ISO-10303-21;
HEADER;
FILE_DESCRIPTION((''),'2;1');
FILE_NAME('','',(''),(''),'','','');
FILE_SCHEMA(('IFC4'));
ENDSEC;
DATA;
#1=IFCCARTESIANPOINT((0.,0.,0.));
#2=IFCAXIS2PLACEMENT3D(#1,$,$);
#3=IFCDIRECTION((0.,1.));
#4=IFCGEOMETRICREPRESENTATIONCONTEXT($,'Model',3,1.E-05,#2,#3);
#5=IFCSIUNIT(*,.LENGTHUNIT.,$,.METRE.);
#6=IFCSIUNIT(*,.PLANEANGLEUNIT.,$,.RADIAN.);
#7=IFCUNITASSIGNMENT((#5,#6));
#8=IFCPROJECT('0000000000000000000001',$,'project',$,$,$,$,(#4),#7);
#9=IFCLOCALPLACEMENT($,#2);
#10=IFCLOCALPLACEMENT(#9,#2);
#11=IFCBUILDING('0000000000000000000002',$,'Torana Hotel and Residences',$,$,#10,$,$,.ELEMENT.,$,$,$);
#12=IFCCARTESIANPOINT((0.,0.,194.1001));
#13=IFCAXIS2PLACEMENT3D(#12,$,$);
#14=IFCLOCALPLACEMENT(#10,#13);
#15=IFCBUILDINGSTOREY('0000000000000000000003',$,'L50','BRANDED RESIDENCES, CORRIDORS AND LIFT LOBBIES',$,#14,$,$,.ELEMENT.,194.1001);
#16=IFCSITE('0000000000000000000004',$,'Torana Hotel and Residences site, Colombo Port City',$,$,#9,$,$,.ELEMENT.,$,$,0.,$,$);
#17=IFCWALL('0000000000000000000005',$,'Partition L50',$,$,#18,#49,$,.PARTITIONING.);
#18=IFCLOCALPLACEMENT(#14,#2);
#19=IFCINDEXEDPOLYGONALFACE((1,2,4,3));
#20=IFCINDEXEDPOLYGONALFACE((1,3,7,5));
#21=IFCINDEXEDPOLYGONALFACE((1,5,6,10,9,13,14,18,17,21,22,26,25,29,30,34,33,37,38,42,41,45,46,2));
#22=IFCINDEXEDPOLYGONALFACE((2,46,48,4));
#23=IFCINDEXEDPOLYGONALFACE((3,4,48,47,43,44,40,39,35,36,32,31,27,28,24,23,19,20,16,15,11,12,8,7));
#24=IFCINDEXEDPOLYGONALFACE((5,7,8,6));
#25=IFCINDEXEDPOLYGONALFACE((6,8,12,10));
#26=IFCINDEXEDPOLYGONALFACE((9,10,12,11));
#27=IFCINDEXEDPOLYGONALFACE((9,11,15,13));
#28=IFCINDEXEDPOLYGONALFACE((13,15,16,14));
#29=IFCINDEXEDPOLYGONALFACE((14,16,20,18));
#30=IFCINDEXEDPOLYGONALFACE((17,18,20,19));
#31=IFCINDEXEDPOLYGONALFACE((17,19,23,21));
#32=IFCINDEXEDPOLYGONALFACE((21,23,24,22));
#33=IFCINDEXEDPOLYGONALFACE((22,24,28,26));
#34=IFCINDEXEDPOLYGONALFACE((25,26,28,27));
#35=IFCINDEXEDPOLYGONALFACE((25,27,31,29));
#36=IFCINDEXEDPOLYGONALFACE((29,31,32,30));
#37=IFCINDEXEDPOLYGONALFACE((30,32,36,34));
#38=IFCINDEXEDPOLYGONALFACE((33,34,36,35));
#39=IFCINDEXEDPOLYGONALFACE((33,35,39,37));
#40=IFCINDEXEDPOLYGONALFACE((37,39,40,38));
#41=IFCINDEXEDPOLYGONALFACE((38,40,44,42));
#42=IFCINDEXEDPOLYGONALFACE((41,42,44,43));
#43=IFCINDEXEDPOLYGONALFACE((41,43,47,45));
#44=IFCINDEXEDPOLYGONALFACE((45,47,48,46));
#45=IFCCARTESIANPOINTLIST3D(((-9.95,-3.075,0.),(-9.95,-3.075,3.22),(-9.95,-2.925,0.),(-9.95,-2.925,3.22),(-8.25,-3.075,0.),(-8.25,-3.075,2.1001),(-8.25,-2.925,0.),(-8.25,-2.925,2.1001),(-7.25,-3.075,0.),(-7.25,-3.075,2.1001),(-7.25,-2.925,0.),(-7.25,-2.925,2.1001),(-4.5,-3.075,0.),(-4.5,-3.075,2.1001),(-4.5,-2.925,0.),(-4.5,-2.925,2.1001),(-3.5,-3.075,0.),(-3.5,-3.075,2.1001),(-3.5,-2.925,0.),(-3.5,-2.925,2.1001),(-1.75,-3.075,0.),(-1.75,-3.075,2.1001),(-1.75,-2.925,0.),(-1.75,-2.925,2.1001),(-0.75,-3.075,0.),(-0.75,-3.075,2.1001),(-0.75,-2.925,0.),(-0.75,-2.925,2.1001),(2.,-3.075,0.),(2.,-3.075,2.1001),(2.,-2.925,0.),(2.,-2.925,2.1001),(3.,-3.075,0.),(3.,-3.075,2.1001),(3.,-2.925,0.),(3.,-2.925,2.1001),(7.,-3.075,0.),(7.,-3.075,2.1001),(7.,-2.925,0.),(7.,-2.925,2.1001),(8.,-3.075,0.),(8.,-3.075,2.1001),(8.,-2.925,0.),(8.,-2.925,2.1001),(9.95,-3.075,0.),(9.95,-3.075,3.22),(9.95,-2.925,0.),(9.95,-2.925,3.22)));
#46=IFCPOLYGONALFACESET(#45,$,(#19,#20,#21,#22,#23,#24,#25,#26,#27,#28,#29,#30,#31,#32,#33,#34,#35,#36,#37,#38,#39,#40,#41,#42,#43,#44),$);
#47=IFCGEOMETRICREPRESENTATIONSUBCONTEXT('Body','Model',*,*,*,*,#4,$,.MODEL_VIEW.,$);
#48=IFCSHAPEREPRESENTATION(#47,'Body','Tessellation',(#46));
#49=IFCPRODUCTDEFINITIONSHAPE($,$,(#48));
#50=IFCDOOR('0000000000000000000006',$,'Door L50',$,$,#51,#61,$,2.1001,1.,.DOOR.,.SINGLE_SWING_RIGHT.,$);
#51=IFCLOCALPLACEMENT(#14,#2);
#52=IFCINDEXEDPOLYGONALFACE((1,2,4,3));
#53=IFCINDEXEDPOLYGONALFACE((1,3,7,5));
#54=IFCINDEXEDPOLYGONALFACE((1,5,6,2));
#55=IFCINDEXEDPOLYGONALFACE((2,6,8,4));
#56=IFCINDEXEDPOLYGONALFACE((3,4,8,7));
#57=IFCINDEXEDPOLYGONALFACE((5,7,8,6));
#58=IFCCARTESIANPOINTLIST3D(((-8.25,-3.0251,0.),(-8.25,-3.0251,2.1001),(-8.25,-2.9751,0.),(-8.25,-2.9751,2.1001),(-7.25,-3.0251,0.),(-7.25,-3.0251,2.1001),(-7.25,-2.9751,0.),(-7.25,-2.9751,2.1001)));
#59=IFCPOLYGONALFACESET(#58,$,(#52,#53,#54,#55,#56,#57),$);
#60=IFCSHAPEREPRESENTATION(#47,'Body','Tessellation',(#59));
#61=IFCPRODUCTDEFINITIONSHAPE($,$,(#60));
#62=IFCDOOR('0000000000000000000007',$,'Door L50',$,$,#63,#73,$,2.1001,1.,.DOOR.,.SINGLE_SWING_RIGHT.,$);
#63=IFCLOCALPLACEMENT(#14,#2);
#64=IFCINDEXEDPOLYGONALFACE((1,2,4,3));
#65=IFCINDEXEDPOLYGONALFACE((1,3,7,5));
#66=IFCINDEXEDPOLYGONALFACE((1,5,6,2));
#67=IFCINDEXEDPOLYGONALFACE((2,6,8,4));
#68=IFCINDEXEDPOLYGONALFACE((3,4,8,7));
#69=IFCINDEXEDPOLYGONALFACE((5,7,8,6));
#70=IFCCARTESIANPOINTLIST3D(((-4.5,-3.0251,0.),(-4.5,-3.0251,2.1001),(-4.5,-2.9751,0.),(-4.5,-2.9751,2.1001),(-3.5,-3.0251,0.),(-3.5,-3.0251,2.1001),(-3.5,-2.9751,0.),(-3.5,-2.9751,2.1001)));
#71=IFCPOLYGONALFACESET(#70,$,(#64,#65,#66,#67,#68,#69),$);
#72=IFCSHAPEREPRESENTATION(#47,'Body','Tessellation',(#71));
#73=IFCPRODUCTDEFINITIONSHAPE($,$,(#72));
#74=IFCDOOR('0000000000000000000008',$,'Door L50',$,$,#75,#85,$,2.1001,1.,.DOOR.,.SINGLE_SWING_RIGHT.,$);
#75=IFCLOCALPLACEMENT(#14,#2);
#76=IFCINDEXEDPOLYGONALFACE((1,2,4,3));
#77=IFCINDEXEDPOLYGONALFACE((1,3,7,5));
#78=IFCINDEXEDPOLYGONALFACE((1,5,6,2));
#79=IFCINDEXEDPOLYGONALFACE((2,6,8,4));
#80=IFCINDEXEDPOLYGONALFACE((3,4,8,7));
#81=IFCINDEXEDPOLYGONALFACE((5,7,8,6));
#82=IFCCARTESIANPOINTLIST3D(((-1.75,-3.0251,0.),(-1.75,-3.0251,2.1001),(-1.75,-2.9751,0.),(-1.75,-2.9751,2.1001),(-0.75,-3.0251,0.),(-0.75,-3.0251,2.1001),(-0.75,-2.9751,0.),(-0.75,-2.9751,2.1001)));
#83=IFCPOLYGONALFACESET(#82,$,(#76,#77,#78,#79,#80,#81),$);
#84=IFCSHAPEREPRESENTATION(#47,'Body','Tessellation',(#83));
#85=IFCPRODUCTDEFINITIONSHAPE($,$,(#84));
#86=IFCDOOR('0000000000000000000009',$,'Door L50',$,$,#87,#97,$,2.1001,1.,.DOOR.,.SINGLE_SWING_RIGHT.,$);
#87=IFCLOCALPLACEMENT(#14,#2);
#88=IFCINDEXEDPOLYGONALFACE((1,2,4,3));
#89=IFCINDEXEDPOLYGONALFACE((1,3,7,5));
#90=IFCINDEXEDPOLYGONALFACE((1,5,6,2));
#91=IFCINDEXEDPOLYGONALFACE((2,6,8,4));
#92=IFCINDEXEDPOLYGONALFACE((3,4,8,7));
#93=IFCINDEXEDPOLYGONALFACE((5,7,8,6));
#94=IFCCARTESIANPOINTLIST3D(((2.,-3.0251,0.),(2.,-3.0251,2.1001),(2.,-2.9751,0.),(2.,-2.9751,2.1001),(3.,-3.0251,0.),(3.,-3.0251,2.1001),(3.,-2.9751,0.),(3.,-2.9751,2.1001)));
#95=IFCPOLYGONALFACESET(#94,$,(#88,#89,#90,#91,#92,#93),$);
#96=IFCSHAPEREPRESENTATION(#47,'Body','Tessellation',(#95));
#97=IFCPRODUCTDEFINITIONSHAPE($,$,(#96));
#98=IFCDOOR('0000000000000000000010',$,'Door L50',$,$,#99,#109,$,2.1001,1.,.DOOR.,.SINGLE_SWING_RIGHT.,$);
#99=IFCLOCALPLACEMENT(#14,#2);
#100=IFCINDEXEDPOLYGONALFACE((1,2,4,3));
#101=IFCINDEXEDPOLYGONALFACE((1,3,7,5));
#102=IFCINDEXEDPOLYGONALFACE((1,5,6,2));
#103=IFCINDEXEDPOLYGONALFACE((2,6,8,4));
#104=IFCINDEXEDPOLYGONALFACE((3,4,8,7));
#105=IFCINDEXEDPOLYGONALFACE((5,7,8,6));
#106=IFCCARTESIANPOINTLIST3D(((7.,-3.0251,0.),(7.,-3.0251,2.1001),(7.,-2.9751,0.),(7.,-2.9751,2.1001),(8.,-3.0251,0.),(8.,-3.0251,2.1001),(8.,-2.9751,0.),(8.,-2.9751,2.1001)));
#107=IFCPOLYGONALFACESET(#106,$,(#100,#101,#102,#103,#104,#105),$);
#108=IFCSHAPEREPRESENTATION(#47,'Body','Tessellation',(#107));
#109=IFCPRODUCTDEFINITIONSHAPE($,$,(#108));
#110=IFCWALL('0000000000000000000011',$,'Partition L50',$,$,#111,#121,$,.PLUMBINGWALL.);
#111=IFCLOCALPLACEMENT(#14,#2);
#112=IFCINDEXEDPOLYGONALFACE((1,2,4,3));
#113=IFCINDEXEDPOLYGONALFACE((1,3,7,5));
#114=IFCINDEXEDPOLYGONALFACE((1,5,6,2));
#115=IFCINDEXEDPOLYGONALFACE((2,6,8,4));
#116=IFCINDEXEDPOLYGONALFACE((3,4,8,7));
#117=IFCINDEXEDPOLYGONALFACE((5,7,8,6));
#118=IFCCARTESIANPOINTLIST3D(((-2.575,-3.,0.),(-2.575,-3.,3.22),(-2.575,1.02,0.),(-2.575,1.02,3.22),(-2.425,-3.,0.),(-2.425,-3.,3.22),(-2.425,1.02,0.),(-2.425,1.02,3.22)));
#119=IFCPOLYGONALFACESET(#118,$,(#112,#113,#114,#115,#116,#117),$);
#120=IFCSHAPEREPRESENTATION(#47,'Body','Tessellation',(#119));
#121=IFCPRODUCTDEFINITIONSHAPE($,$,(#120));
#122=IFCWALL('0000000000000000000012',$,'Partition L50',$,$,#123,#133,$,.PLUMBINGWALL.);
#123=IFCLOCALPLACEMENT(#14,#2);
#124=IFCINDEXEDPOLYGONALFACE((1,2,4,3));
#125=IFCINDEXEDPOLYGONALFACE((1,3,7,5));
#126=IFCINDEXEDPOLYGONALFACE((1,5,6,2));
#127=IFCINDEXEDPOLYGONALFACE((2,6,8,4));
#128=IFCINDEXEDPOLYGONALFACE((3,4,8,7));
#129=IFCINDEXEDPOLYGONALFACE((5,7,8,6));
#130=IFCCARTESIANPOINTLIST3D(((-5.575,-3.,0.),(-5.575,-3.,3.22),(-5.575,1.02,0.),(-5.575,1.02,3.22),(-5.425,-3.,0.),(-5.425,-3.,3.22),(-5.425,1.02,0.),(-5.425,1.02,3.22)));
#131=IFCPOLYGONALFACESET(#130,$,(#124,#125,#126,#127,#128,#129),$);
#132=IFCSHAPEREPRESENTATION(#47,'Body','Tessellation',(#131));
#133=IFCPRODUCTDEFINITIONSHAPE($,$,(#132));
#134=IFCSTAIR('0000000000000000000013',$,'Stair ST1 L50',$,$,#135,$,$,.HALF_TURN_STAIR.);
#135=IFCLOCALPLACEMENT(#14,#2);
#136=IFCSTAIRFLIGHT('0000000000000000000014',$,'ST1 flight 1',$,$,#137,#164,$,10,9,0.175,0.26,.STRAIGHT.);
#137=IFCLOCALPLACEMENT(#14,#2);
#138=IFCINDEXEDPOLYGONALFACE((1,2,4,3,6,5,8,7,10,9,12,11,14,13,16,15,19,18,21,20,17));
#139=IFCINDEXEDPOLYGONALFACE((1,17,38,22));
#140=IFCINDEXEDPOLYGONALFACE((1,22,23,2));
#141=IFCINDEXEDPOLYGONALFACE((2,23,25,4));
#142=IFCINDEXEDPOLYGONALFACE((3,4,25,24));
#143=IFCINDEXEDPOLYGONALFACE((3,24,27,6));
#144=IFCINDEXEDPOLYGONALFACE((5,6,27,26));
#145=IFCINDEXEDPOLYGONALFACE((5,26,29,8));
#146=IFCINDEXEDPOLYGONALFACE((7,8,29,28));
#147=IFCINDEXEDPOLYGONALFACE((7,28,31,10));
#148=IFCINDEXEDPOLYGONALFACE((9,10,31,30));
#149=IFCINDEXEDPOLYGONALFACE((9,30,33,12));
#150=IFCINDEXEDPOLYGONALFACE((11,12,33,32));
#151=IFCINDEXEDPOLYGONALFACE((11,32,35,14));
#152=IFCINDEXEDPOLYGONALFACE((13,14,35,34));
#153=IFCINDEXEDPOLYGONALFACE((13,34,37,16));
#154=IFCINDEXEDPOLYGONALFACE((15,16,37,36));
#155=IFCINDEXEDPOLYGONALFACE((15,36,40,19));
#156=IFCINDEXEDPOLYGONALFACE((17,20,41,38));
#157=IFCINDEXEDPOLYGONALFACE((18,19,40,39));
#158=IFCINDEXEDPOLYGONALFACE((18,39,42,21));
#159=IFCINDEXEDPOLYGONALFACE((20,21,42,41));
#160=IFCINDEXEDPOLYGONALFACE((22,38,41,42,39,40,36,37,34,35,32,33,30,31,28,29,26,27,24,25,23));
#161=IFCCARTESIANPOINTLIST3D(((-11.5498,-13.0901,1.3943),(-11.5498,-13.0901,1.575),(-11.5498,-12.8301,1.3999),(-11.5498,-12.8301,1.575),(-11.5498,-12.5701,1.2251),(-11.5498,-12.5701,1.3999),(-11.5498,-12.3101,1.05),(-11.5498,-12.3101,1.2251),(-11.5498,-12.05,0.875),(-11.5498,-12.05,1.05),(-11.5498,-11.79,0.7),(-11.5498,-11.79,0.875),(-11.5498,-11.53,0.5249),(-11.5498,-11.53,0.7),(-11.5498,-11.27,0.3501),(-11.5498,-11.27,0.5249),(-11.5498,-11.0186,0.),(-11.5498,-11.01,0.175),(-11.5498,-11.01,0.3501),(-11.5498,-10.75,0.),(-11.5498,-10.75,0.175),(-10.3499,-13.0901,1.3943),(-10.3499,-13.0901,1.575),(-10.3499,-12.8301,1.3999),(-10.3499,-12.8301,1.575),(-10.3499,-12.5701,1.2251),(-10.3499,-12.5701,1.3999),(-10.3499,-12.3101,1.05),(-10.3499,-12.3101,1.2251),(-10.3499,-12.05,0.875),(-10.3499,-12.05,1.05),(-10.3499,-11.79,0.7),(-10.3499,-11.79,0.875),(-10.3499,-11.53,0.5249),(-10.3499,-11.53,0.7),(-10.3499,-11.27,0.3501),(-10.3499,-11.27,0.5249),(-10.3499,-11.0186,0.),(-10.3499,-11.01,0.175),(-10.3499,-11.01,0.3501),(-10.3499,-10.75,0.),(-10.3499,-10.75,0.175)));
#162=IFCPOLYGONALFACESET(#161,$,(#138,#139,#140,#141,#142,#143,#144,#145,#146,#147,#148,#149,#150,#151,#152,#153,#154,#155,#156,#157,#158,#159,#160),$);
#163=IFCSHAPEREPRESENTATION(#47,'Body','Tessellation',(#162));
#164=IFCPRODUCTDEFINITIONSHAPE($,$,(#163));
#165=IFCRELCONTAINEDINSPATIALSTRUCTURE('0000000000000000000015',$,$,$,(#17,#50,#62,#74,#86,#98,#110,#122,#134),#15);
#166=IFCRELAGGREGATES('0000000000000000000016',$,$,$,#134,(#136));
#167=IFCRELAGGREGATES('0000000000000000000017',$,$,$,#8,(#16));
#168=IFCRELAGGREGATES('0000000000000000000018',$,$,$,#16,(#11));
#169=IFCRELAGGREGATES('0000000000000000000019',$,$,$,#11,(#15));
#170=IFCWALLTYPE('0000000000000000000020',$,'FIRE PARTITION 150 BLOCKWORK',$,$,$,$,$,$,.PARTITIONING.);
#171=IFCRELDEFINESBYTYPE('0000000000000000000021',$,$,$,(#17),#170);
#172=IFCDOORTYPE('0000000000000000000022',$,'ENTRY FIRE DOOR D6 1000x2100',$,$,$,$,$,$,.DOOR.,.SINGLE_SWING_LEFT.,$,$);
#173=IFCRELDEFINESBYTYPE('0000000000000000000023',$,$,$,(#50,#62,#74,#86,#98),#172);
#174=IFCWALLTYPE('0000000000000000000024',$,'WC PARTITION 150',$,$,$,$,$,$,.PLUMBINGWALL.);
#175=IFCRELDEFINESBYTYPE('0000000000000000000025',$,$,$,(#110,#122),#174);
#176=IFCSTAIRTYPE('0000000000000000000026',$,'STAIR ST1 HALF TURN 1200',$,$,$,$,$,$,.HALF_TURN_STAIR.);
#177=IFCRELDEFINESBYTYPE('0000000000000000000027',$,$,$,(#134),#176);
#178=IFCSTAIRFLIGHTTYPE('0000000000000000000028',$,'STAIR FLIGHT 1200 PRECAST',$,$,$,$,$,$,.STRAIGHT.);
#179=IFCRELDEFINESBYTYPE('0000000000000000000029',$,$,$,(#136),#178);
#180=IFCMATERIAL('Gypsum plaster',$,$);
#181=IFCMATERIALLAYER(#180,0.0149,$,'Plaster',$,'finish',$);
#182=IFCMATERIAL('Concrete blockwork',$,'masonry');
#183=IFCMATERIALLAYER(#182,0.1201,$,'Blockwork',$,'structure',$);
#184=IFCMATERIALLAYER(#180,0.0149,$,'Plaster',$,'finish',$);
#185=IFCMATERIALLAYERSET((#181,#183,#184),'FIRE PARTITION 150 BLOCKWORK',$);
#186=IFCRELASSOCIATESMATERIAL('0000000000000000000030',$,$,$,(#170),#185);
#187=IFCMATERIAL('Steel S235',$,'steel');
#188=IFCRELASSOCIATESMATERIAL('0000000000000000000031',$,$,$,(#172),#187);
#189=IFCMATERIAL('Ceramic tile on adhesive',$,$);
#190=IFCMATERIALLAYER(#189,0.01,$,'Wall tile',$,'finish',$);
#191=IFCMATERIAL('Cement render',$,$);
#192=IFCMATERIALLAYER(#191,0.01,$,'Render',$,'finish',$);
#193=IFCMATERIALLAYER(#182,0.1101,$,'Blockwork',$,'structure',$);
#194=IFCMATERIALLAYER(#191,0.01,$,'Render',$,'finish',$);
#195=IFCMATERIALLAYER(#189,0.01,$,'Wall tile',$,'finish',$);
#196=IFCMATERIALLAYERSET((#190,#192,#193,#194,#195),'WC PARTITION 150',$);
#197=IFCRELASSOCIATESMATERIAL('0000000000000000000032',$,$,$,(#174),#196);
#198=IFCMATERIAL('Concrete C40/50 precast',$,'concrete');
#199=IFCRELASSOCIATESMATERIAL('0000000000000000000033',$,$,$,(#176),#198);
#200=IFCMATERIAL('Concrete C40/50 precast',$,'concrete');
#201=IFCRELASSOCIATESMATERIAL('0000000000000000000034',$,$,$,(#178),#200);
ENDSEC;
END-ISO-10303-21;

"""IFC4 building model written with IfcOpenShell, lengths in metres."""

from ifc_helpers import new_model, si_unit, direction, frame, frame_2d, origin, place, context, subcontext, project, spatial, polyline, rectangle, outline, extrude, material, layer, layer_set, type_object, element, fill, aggregate, save


model = new_model("IFC4")

# Units and contexts
model_context = context("Model", 3, precision=1e-05, world=origin(), true_north=direction((0.0, 1.0)))
body_context = subcontext(model_context, "Body", "Model", "MODEL_VIEW")
ifc_project = project(units=[si_unit("LENGTHUNIT", "METRE"), si_unit("PLANEANGLEUNIT", "RADIAN")], contexts=[model_context])

# Site, building, storey
site_placement = place(None, origin())
site = spatial("IfcSite", under=ifc_project, at=site_placement, Name="Torana Hotel and Residences site, Colombo Port City", CompositionType="ELEMENT", RefElevation=0.0)
building_placement = place(site_placement, origin())
building = spatial("IfcBuilding", under=site, at=building_placement, Name="Torana Hotel and Residences", CompositionType="ELEMENT")
storey_placement = place(building_placement, frame((0.0, 0.0, 194.1001)))
storey = spatial("IfcBuildingStorey", under=building, at=storey_placement, Name="L50", Description="BRANDED RESIDENCES, CORRIDORS AND LIFT LOBBIES", CompositionType="ELEMENT", Elevation=194.1001)

# Shared definitions
ifc_material_1 = material(Name="Gypsum plaster")
ifc_layer_1 = layer(ifc_material_1, 0.0149, Name="Plaster", Category="finish")
ifc_material_2 = material(Name="Concrete blockwork", Category="masonry")
ifc_layer_2 = layer(ifc_material_2, 0.1201, Name="Blockwork", Category="structure")
ifc_layer_3 = layer(ifc_material_1, 0.0149, Name="Plaster", Category="finish")
ifc_layer_set_1 = layer_set([ifc_layer_1, ifc_layer_2, ifc_layer_3], Name="FIRE PARTITION 150 BLOCKWORK")
wall_type_1 = type_object("IfcWallType", Name="FIRE PARTITION 150 BLOCKWORK", PredefinedType="PARTITIONING", material=ifc_layer_set_1)

# Wall, openings, doors
ifc_material_3 = material(Name="Steel S235", Category="steel")
door_type_1 = type_object("IfcDoorType", Name="ENTRY FIRE DOOR D6 1000x2100", OperationType="SINGLE_SWING_LEFT", PredefinedType="DOOR", material=ifc_material_3)
wall_1_placement = place(storey_placement, frame((-9.95, -3.0, 0.0), z_axis=(0.0, 0.0, 1.0), x_axis=(1.0, 0.0, 0.0)))
wall_1 = element("IfcWall", 1, at=wall_1_placement, inside=storey, type_object=wall_type_1, Name="Partition L50", PredefinedType="PARTITIONING", context=body_context, shape_type="SweptSolid", body=[
    extrude(rectangle(XDim=19.8999, YDim=0.1499, at=frame_2d((9.95, 0.0))), origin(), (0.0, 0.0, 1.0), 3.22),
])
opening_1_placement = place(wall_1_placement, frame((1.7, 0.0, 0.0)))
opening_1 = element("IfcOpeningElement", 2, at=opening_1_placement, cuts=wall_1, PredefinedType="OPENING", context=body_context, shape_type="SweptSolid", body=[
    extrude(rectangle(XDim=1.0, YDim=2.1001, at=frame_2d((0.5, 1.05))), frame((0.0, 0.085, 0.0), z_axis=(0.0, -1.0, 0.0), x_axis=(1.0, 0.0, 0.0)), (0.0, 0.0, 1.0), 0.1699),
])
opening_2_placement = place(wall_1_placement, frame((5.45, 0.0, 0.0)))
opening_2 = element("IfcOpeningElement", 3, at=opening_2_placement, cuts=wall_1, PredefinedType="OPENING", context=body_context, shape_type="SweptSolid", body=[
    extrude(rectangle(XDim=1.0, YDim=2.1001, at=frame_2d((0.5, 1.05))), frame((0.0, 0.085, 0.0), z_axis=(0.0, -1.0, 0.0), x_axis=(1.0, 0.0, 0.0)), (0.0, 0.0, 1.0), 0.1699),
])
opening_3_placement = place(wall_1_placement, frame((8.2, 0.0, 0.0)))
opening_3 = element("IfcOpeningElement", 4, at=opening_3_placement, cuts=wall_1, PredefinedType="OPENING", context=body_context, shape_type="SweptSolid", body=[
    extrude(rectangle(XDim=1.0, YDim=2.1001, at=frame_2d((0.5, 1.05))), frame((0.0, 0.085, 0.0), z_axis=(0.0, -1.0, 0.0), x_axis=(1.0, 0.0, 0.0)), (0.0, 0.0, 1.0), 0.1699),
])
opening_4_placement = place(wall_1_placement, frame((11.95, 0.0, 0.0)))
opening_4 = element("IfcOpeningElement", 5, at=opening_4_placement, cuts=wall_1, PredefinedType="OPENING", context=body_context, shape_type="SweptSolid", body=[
    extrude(rectangle(XDim=1.0, YDim=2.1001, at=frame_2d((0.5, 1.05))), frame((0.0, 0.085, 0.0), z_axis=(0.0, -1.0, 0.0), x_axis=(1.0, 0.0, 0.0)), (0.0, 0.0, 1.0), 0.1699),
])
opening_5_placement = place(wall_1_placement, frame((16.95, 0.0, 0.0)))
opening_5 = element("IfcOpeningElement", 6, at=opening_5_placement, cuts=wall_1, PredefinedType="OPENING", context=body_context, shape_type="SweptSolid", body=[
    extrude(rectangle(XDim=1.0, YDim=2.1001, at=frame_2d((0.5, 1.05))), frame((0.0, 0.085, 0.0), z_axis=(0.0, -1.0, 0.0), x_axis=(1.0, 0.0, 0.0)), (0.0, 0.0, 1.0), 0.1699),
])
door_1_placement = place(opening_1_placement, origin())
door_1 = element("IfcDoor", 7, at=door_1_placement, inside=storey, type_object=door_type_1, Name="Door L50", OperationType="SINGLE_SWING_RIGHT", OverallHeight=2.1001, OverallWidth=1.0, PredefinedType="DOOR", context=body_context, shape_type="SweptSolid", body=[
    extrude(rectangle(XDim=1.0, YDim=2.1001, at=frame_2d((0.5, 1.05))), frame((0.0, 0.0249, 0.0), z_axis=(0.0, -1.0, 0.0), x_axis=(1.0, 0.0, 0.0)), (0.0, 0.0, 1.0), 0.05),
])
fill(opening_1, door_1)
door_2_placement = place(opening_2_placement, origin())
door_2 = element("IfcDoor", 8, at=door_2_placement, inside=storey, type_object=door_type_1, Name="Door L50", OperationType="SINGLE_SWING_RIGHT", OverallHeight=2.1001, OverallWidth=1.0, PredefinedType="DOOR", context=body_context, shape_type="SweptSolid", body=[
    extrude(rectangle(XDim=1.0, YDim=2.1001, at=frame_2d((0.5, 1.05))), frame((0.0, 0.0249, 0.0), z_axis=(0.0, -1.0, 0.0), x_axis=(1.0, 0.0, 0.0)), (0.0, 0.0, 1.0), 0.05),
])
fill(opening_2, door_2)
door_3_placement = place(opening_3_placement, origin())
door_3 = element("IfcDoor", 9, at=door_3_placement, inside=storey, type_object=door_type_1, Name="Door L50", OperationType="SINGLE_SWING_RIGHT", OverallHeight=2.1001, OverallWidth=1.0, PredefinedType="DOOR", context=body_context, shape_type="SweptSolid", body=[
    extrude(rectangle(XDim=1.0, YDim=2.1001, at=frame_2d((0.5, 1.05))), frame((0.0, 0.0249, 0.0), z_axis=(0.0, -1.0, 0.0), x_axis=(1.0, 0.0, 0.0)), (0.0, 0.0, 1.0), 0.05),
])
fill(opening_3, door_3)
door_4_placement = place(opening_4_placement, origin())
door_4 = element("IfcDoor", 10, at=door_4_placement, inside=storey, type_object=door_type_1, Name="Door L50", OperationType="SINGLE_SWING_RIGHT", OverallHeight=2.1001, OverallWidth=1.0, PredefinedType="DOOR", context=body_context, shape_type="SweptSolid", body=[
    extrude(rectangle(XDim=1.0, YDim=2.1001, at=frame_2d((0.5, 1.05))), frame((0.0, 0.0249, 0.0), z_axis=(0.0, -1.0, 0.0), x_axis=(1.0, 0.0, 0.0)), (0.0, 0.0, 1.0), 0.05),
])
fill(opening_4, door_4)
door_5_placement = place(opening_5_placement, origin())
door_5 = element("IfcDoor", 11, at=door_5_placement, inside=storey, type_object=door_type_1, Name="Door L50", OperationType="SINGLE_SWING_RIGHT", OverallHeight=2.1001, OverallWidth=1.0, PredefinedType="DOOR", context=body_context, shape_type="SweptSolid", body=[
    extrude(rectangle(XDim=1.0, YDim=2.1001, at=frame_2d((0.5, 1.05))), frame((0.0, 0.0249, 0.0), z_axis=(0.0, -1.0, 0.0), x_axis=(1.0, 0.0, 0.0)), (0.0, 0.0, 1.0), 0.05),
])
fill(opening_5, door_5)

# Walls
ifc_material_4 = material(Name="Ceramic tile on adhesive")
ifc_layer_4 = layer(ifc_material_4, 0.01, Name="Wall tile", Category="finish")
ifc_material_5 = material(Name="Cement render")
ifc_layer_5 = layer(ifc_material_5, 0.01, Name="Render", Category="finish")
ifc_layer_6 = layer(ifc_material_2, 0.1101, Name="Blockwork", Category="structure")
ifc_layer_7 = layer(ifc_material_5, 0.01, Name="Render", Category="finish")
ifc_layer_8 = layer(ifc_material_4, 0.01, Name="Wall tile", Category="finish")
ifc_layer_set_2 = layer_set([ifc_layer_4, ifc_layer_5, ifc_layer_6, ifc_layer_7, ifc_layer_8], Name="WC PARTITION 150")
wall_type_2 = type_object("IfcWallType", Name="WC PARTITION 150", PredefinedType="PLUMBINGWALL", material=ifc_layer_set_2)
for number, where, z_axis, x_axis, name in (
    (12, (-2.5, -3.0, 0.0), (0.0, 0.0, 1.0), (0.0, 1.0, 0.0), "Partition L50"),
    (13, (-5.5, -3.0, 0.0), (0.0, 0.0, 1.0), (0.0, 1.0, 0.0), "Partition L50"),
):
    element("IfcWall", number, at=place(storey_placement, frame(where, z_axis=z_axis, x_axis=x_axis)), inside=storey, type_object=wall_type_2, Name=name, PredefinedType="PLUMBINGWALL", context=body_context, shape_type="SweptSolid", body=[
        extrude(rectangle(XDim=4.02, YDim=0.1499, at=frame_2d((2.01, 0.0))), origin(), (0.0, 0.0, 1.0), 3.22),
    ])

# Stair, stair flight
ifc_material_6 = material(Name="Concrete C40/50 precast", Category="concrete")
stair_type = type_object("IfcStairType", Name="STAIR ST1 HALF TURN 1200", PredefinedType="HALF_TURN_STAIR", material=ifc_material_6)
stair_placement = place(storey_placement, origin())
stair = element("IfcStair", 14, at=stair_placement, inside=storey, type_object=stair_type, Name="Stair ST1 L50", PredefinedType="HALF_TURN_STAIR")
ifc_material_7 = material(Name="Concrete C40/50 precast", Category="concrete")
stair_flight_type = type_object("IfcStairFlightType", Name="STAIR FLIGHT 1200 PRECAST", PredefinedType="STRAIGHT", material=ifc_material_7)
stair_flight_1_placement = place(storey_placement, frame((-10.95, -10.75, 0.0), z_axis=(0.0, 0.0, 1.0), x_axis=(0.0, -1.0, 0.0)))
stair_flight_1 = element("IfcStairFlight", 15, at=stair_flight_1_placement, type_object=stair_flight_type, Name="ST1 flight 1", NumberOfRisers=10, NumberOfTreads=9, PredefinedType="STRAIGHT", RiserHeight=0.175, TreadLength=0.26, context=body_context, shape_type="SweptSolid", body=[
    extrude(outline(polyline([(0.0, 0.0), (0.0, 0.175), (0.26, 0.175), (0.26, 0.3501), (0.52, 0.3501), (0.52, 0.5249), (0.78, 0.5249), (0.78, 0.7), (1.04, 0.7), (1.04, 0.875), (1.3, 0.875), (1.3, 1.05), (1.5601, 1.05), (1.5601, 1.2251), (1.8201, 1.2251), (1.8201, 1.3999), (2.0801, 1.3999), (2.0801, 1.575), (2.3401, 1.575), (2.3401, 1.75), (2.3401, 1.3943), (0.2686, 0.0), (0.0, 0.0)])), frame((0.0, 0.6001, 0.0), z_axis=(0.0, -1.0, 0.0), x_axis=(1.0, 0.0, 0.0)), (0.0, 0.0, 1.0), 1.2),
])
aggregate(stair, [stair_flight_1])

save(model, "model.ifc")
